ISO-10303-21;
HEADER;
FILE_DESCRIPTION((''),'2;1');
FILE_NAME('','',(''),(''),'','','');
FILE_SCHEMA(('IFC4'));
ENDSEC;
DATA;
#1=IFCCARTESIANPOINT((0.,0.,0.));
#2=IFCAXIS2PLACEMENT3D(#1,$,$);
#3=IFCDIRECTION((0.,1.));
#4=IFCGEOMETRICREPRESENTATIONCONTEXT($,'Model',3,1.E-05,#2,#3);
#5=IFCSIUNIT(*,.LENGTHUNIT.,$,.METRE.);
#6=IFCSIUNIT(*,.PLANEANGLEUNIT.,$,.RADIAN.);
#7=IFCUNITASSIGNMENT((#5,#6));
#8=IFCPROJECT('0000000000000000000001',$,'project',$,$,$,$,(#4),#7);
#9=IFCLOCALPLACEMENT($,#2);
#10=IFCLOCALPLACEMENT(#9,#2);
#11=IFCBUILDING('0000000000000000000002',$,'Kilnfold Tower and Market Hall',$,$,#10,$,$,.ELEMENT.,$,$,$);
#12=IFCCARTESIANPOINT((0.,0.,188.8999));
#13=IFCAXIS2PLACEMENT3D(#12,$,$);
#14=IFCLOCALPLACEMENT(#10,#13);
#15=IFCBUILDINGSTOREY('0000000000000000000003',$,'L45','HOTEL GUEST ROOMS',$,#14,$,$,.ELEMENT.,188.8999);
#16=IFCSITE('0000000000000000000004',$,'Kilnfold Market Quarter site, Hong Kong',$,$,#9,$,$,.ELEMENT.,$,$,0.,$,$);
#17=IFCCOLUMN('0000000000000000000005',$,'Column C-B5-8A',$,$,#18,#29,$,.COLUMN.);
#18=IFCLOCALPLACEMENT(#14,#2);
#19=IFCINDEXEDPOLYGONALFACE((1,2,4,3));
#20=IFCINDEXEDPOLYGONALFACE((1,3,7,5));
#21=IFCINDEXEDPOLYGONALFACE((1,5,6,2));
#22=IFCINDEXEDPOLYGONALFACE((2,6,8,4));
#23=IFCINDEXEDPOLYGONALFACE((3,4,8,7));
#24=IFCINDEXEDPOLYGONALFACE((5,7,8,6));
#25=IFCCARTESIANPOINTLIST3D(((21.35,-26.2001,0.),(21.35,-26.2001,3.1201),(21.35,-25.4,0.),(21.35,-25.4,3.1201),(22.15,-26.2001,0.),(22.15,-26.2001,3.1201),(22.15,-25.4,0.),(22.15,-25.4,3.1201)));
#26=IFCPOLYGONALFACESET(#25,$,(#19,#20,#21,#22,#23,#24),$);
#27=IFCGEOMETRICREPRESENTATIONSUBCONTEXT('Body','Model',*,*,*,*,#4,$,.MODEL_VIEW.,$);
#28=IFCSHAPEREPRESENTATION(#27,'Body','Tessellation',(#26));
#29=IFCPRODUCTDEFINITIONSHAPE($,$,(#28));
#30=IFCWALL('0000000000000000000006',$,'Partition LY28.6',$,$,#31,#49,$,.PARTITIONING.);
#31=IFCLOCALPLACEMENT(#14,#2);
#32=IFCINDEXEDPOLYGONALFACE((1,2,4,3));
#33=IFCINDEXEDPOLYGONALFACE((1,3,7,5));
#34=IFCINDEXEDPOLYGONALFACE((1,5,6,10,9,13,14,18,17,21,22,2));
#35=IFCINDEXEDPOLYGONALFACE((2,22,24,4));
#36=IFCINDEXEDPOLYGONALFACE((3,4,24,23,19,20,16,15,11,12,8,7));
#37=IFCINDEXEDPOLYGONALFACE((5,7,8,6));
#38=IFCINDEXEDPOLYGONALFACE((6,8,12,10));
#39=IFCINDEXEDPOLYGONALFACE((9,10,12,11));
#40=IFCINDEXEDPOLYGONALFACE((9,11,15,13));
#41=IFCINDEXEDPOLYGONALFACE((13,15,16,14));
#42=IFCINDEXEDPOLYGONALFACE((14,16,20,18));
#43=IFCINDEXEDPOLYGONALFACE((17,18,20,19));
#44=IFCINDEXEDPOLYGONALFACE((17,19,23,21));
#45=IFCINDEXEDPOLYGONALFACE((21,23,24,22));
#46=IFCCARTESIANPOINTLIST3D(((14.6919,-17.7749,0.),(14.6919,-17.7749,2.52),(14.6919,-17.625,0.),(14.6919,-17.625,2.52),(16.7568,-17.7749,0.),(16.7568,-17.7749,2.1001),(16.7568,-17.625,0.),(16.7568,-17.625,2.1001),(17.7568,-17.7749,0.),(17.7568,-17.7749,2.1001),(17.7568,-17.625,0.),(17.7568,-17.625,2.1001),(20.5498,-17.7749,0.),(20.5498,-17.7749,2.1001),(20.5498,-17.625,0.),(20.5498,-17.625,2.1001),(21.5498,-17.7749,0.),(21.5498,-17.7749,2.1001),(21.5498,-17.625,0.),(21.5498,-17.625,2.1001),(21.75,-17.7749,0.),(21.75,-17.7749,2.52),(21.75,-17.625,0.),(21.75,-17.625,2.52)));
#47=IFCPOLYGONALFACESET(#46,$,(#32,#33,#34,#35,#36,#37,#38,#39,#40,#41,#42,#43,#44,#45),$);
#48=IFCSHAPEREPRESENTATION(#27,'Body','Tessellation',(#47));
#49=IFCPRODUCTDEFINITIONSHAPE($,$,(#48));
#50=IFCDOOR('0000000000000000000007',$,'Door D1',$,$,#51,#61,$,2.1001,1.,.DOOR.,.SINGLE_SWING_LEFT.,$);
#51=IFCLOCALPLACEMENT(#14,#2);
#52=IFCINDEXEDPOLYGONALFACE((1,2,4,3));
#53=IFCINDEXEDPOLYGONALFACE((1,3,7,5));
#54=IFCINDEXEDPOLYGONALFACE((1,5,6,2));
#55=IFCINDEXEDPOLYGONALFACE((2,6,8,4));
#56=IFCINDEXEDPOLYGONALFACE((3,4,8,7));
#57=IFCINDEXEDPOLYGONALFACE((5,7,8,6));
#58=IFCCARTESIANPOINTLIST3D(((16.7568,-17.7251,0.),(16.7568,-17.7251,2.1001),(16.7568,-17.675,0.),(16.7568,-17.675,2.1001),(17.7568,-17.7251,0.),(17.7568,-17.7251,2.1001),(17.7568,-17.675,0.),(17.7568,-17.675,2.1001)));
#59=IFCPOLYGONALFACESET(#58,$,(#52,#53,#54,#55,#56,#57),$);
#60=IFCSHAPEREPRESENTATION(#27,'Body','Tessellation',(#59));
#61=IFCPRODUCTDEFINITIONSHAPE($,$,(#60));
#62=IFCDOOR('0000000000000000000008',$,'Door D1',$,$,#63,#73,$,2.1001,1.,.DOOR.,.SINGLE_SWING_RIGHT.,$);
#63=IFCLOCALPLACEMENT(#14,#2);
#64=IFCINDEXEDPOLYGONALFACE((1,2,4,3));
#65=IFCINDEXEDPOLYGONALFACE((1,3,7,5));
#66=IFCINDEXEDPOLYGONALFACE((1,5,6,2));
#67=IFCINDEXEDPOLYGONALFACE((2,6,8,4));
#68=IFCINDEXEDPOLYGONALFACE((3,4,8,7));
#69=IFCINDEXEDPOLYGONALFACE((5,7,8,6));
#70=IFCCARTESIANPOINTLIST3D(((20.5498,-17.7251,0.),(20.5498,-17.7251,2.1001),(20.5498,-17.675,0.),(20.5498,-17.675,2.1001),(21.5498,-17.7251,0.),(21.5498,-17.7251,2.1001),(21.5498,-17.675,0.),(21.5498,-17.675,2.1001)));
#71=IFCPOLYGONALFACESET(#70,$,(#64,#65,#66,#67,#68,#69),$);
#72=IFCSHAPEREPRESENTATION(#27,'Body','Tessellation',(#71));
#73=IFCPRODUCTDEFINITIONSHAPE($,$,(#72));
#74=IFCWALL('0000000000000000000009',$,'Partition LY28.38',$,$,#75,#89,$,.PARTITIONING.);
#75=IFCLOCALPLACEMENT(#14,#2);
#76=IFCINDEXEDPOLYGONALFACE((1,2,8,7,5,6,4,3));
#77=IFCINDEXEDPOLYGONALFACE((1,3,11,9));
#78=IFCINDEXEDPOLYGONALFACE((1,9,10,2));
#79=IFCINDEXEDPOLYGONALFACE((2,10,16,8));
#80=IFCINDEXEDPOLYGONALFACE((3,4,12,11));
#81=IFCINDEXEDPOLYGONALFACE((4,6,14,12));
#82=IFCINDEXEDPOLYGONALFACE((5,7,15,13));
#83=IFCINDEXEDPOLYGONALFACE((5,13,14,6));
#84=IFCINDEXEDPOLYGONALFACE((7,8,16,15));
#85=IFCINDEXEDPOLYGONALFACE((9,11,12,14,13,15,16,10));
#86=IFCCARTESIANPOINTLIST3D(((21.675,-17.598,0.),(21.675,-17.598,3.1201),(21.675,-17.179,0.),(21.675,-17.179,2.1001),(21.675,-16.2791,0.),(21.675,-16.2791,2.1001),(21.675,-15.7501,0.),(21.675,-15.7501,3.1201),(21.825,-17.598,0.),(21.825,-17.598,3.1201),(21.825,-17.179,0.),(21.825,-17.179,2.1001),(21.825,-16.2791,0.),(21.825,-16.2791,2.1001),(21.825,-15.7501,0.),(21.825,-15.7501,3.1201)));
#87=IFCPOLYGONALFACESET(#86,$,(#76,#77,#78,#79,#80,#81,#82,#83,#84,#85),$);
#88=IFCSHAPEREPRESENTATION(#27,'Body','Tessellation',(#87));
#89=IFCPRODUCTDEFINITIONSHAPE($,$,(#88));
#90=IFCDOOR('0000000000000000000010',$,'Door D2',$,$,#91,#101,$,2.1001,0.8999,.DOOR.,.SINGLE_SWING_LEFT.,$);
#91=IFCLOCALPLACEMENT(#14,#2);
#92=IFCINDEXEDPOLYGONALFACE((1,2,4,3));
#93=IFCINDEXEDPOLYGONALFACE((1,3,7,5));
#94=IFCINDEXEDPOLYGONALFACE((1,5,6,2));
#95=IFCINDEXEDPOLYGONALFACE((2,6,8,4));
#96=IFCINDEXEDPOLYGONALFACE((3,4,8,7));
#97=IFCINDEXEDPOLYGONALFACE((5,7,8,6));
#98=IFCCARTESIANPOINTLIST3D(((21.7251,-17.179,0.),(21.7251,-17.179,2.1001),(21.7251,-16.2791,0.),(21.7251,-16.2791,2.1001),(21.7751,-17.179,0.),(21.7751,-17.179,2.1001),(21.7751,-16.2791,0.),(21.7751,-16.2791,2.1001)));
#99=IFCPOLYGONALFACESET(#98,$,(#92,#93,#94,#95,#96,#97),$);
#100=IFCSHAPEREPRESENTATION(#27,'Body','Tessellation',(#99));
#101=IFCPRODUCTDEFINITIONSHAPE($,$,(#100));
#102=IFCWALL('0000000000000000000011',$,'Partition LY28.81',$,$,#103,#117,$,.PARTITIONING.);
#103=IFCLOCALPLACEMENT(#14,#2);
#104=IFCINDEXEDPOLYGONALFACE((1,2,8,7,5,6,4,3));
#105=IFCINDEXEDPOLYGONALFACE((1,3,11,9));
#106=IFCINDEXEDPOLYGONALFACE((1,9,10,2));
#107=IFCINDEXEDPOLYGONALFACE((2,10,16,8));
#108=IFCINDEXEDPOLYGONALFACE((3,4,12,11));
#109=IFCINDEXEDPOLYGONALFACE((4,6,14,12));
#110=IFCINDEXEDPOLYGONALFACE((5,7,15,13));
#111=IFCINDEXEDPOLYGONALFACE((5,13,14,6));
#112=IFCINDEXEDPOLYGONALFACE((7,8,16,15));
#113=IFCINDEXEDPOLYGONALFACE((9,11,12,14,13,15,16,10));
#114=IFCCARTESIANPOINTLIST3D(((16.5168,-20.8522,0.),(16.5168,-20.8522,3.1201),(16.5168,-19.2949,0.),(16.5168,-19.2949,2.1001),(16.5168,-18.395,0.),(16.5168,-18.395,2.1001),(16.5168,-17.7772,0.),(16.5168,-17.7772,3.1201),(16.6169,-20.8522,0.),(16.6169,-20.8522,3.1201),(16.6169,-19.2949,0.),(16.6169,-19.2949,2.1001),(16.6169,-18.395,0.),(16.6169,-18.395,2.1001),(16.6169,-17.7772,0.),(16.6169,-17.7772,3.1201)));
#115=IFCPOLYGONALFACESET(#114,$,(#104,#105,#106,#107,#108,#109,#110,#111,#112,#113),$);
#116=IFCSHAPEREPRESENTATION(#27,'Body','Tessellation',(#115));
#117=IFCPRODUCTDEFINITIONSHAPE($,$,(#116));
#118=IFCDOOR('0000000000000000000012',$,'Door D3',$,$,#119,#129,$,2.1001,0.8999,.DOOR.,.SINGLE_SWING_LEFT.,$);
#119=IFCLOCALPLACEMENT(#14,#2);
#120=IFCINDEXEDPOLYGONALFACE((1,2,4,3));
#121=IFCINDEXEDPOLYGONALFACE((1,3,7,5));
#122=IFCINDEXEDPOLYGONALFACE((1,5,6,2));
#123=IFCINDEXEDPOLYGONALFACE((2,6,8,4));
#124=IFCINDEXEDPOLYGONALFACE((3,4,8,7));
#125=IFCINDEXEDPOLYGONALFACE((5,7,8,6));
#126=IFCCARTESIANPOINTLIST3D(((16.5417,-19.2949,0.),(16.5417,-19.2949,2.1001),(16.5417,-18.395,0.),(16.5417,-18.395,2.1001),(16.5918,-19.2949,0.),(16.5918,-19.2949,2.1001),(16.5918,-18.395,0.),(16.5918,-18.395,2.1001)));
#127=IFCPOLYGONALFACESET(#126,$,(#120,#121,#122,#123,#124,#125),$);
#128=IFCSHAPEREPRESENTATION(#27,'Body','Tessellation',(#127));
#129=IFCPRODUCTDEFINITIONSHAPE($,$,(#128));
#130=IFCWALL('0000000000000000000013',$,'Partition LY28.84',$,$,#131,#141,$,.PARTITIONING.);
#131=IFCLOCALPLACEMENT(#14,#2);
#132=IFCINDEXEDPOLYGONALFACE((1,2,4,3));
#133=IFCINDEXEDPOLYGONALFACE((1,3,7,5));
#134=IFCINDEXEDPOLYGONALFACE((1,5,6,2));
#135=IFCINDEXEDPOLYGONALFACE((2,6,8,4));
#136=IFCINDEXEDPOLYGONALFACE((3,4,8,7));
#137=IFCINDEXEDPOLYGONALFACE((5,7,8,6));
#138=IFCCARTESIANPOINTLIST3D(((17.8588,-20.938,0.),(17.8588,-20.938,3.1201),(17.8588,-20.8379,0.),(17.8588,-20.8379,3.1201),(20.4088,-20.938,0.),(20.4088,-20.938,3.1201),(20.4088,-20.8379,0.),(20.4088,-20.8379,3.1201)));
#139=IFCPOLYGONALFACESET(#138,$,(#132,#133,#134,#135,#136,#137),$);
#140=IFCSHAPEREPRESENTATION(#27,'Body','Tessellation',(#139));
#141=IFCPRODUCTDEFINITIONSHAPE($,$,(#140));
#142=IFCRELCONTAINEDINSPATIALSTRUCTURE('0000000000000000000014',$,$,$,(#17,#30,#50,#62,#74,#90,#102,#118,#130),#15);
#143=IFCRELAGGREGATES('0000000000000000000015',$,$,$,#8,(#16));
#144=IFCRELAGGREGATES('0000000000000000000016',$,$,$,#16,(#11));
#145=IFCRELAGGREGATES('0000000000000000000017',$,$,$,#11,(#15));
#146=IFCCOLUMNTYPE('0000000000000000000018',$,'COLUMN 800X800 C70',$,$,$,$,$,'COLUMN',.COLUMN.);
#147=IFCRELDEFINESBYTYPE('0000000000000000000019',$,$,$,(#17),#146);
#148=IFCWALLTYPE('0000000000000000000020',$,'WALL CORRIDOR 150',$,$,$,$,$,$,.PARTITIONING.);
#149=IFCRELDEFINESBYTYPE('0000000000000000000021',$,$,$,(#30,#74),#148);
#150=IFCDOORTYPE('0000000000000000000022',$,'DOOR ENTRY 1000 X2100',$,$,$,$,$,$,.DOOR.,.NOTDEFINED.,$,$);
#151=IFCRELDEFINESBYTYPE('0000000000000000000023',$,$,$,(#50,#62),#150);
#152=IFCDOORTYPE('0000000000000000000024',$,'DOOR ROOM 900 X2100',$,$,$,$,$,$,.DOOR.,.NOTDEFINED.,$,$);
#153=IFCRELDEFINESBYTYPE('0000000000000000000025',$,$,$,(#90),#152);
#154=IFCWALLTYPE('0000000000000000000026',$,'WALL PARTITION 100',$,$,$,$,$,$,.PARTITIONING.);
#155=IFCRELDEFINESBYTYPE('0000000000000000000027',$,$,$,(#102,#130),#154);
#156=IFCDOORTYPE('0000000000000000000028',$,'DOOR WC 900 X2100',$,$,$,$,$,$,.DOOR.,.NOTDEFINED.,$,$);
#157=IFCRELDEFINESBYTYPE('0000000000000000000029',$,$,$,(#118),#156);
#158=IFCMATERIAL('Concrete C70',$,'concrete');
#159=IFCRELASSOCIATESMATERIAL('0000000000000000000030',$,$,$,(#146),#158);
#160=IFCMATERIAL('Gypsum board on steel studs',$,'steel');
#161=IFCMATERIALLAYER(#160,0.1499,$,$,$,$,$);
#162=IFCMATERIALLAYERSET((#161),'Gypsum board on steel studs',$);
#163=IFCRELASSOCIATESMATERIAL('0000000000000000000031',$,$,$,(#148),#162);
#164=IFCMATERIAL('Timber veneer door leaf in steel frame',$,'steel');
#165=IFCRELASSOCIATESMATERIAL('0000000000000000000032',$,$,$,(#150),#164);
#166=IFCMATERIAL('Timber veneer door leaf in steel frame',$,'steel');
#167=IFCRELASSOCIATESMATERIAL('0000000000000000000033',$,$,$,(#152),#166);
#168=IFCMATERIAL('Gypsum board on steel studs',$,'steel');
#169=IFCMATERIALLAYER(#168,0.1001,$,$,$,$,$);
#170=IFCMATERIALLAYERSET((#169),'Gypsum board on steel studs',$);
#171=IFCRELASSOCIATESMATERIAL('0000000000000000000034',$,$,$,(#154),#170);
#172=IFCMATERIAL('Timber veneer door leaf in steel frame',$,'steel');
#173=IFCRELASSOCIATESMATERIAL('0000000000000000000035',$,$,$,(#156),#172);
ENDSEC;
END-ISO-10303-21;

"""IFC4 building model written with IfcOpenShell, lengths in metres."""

from ifc_helpers import new_model, si_unit, direction, frame, frame_2d, origin, origin_2d, place, context, subcontext, project, spatial, rectangle, extrude, source, transform, mapped, material, layer, layer_set, material_profile, profile_set, type_object, element, fill, save


model = new_model("IFC4")

# Units and contexts
model_context = context("Model", 3, precision=1e-05, world=origin(), true_north=direction((0.0, 1.0)))
body_context = subcontext(model_context, "Body", "Model", "MODEL_VIEW")
ifc_project = project(units=[si_unit("LENGTHUNIT", "METRE"), si_unit("PLANEANGLEUNIT", "RADIAN")], contexts=[model_context])

# Site, building, storey
site_placement = place(None, origin())
site = spatial("IfcSite", under=ifc_project, at=site_placement, Name="Kilnfold Market Quarter site, Hong Kong", CompositionType="ELEMENT", RefElevation=0.0)
building_placement = place(site_placement, origin())
building = spatial("IfcBuilding", under=site, at=building_placement, Name="Kilnfold Tower and Market Hall", CompositionType="ELEMENT")
storey_placement = place(building_placement, frame((0.0, 0.0, 188.8999)))
storey = spatial("IfcBuildingStorey", under=building, at=storey_placement, Name="L45", Description="HOTEL GUEST ROOMS", CompositionType="ELEMENT", Elevation=188.8999)

# Column
ifc_material_1 = material(Name="Concrete C70", Category="concrete")
ifc_material_profile_1 = material_profile(ifc_material_1, rectangle(XDim=0.8, YDim=0.8, at=origin_2d()), Name="RC 800x800")
ifc_profile_set_1 = profile_set([ifc_material_profile_1], Name="Concrete C70")
column_type = type_object("IfcColumnType", Name="COLUMN 800X800 C70", ElementType="COLUMN", PredefinedType="COLUMN", material=ifc_profile_set_1)
shared_shape_1 = source(origin(), body_context, "Body", "SweptSolid", [
    extrude(rectangle(XDim=0.8, YDim=0.8, at=origin_2d()), origin(), (0.0, 0.0, 1.0), 3.1201),
])
column_placement = place(storey_placement, frame((21.75, -25.8, 0.0), z_axis=(0.0, 0.0, 1.0), x_axis=(1.0, 0.0, 0.0)))
element("IfcColumn", 1, at=column_placement, inside=storey, type_object=column_type, Name="Column C-B5-8A", PredefinedType="COLUMN", context=body_context, shape_type="MappedRepresentation", body=[
    mapped(shared_shape_1, transform((0.0, 0.0, 0.0))),
])

# Wall, openings, doors
ifc_material_2 = material(Name="Gypsum board on steel studs", Category="steel")
ifc_layer_1 = layer(ifc_material_2, 0.1499)
ifc_layer_set_1 = layer_set([ifc_layer_1], Name="Gypsum board on steel studs")
wall_type_1 = type_object("IfcWallType", Name="WALL CORRIDOR 150", PredefinedType="PARTITIONING", material=ifc_layer_set_1)
wall_1_placement = place(storey_placement, frame((14.6919, -17.7, 0.0), z_axis=(0.0, 0.0, 1.0), x_axis=(1.0, 0.0, 0.0)))
wall_1 = element("IfcWall", 2, at=wall_1_placement, inside=storey, type_object=wall_type_1, Name="Partition LY28.6", PredefinedType="PARTITIONING", context=body_context, shape_type="SweptSolid", body=[
    extrude(rectangle(XDim=7.0581, YDim=0.1499, at=frame_2d((3.5291, 0.0))), origin(), (0.0, 0.0, 1.0), 2.52),
])
opening_1_placement = place(wall_1_placement, frame((2.0649, 0.0, 0.0)))
opening_1 = element("IfcOpeningElement", 3, at=opening_1_placement, cuts=wall_1, PredefinedType="OPENING", context=body_context, shape_type="SweptSolid", body=[
    extrude(rectangle(XDim=1.0, YDim=2.1001, at=frame_2d((0.5, 1.05))), frame((0.0, 0.085, 0.0), z_axis=(0.0, -1.0, 0.0), x_axis=(1.0, 0.0, 0.0)), (0.0, 0.0, 1.0), 0.1699),
])
opening_2_placement = place(wall_1_placement, frame((5.8579, 0.0, 0.0)))
opening_2 = element("IfcOpeningElement", 4, at=opening_2_placement, cuts=wall_1, PredefinedType="OPENING", context=body_context, shape_type="SweptSolid", body=[
    extrude(rectangle(XDim=1.0, YDim=2.1001, at=frame_2d((0.5, 1.05))), frame((0.0, 0.085, 0.0), z_axis=(0.0, -1.0, 0.0), x_axis=(1.0, 0.0, 0.0)), (0.0, 0.0, 1.0), 0.1699),
])
ifc_material_3 = material(Name="Timber veneer door leaf in steel frame", Category="steel")
door_type_1 = type_object("IfcDoorType", Name="DOOR ENTRY 1000 X2100", OperationType="NOTDEFINED", PredefinedType="DOOR", material=ifc_material_3)
door_1_placement = place(opening_1_placement, origin())
door_1 = element("IfcDoor", 5, at=door_1_placement, inside=storey, type_object=door_type_1, Name="Door D1", OperationType="SINGLE_SWING_LEFT", OverallHeight=2.1001, OverallWidth=1.0, PredefinedType="DOOR", context=body_context, shape_type="SweptSolid", body=[
    extrude(rectangle(XDim=1.0, YDim=2.1001, at=frame_2d((0.5, 1.05))), frame((0.0, 0.0249, 0.0), z_axis=(0.0, -1.0, 0.0), x_axis=(1.0, 0.0, 0.0)), (0.0, 0.0, 1.0), 0.05),
])
fill(opening_1, door_1)
door_2_placement = place(opening_2_placement, origin())
door_2 = element("IfcDoor", 6, at=door_2_placement, inside=storey, type_object=door_type_1, Name="Door D1", OperationType="SINGLE_SWING_RIGHT", OverallHeight=2.1001, OverallWidth=1.0, PredefinedType="DOOR", context=body_context, shape_type="SweptSolid", body=[
    extrude(rectangle(XDim=1.0, YDim=2.1001, at=frame_2d((0.5, 1.05))), frame((0.0, 0.0249, 0.0), z_axis=(0.0, -1.0, 0.0), x_axis=(1.0, 0.0, 0.0)), (0.0, 0.0, 1.0), 0.05),
])
fill(opening_2, door_2)

# Walls, openings, doors
wall_2_placement = place(storey_placement, frame((21.75, -17.5979, 0.0), z_axis=(0.0, 0.0, 1.0), x_axis=(0.0, 1.0, 0.0)))
wall_2 = element("IfcWall", 7, at=wall_2_placement, inside=storey, type_object=wall_type_1, Name="Partition LY28.38", PredefinedType="PARTITIONING", context=body_context, shape_type="SweptSolid", body=[
    extrude(rectangle(XDim=1.8479, YDim=0.1499, at=frame_2d((0.9238, 0.0))), origin(), (0.0, 0.0, 1.0), 3.1201),
])
opening_3_placement = place(wall_2_placement, frame((0.4189, 0.0, 0.0)))
opening_3 = element("IfcOpeningElement", 8, at=opening_3_placement, cuts=wall_2, PredefinedType="OPENING", context=body_context, shape_type="SweptSolid", body=[
    extrude(rectangle(XDim=0.8999, YDim=2.1001, at=frame_2d((0.45, 1.05))), frame((0.0, 0.085, 0.0), z_axis=(0.0, -1.0, 0.0), x_axis=(1.0, 0.0, 0.0)), (0.0, 0.0, 1.0), 0.1699),
])
ifc_material_4 = material(Name="Timber veneer door leaf in steel frame", Category="steel")
door_type_2 = type_object("IfcDoorType", Name="DOOR ROOM 900 X2100", OperationType="NOTDEFINED", PredefinedType="DOOR", material=ifc_material_4)
door_3_placement = place(opening_3_placement, origin())
door_3 = element("IfcDoor", 9, at=door_3_placement, inside=storey, type_object=door_type_2, Name="Door D2", OperationType="SINGLE_SWING_LEFT", OverallHeight=2.1001, OverallWidth=0.8999, PredefinedType="DOOR", context=body_context, shape_type="SweptSolid", body=[
    extrude(rectangle(XDim=0.8999, YDim=2.1001, at=frame_2d((0.45, 1.05))), frame((0.0, 0.0249, 0.0), z_axis=(0.0, -1.0, 0.0), x_axis=(1.0, 0.0, 0.0)), (0.0, 0.0, 1.0), 0.05),
])
fill(opening_3, door_3)
ifc_material_5 = material(Name="Gypsum board on steel studs", Category="steel")
ifc_layer_2 = layer(ifc_material_5, 0.1001)
ifc_layer_set_2 = layer_set([ifc_layer_2], Name="Gypsum board on steel studs")
wall_type_2 = type_object("IfcWallType", Name="WALL PARTITION 100", PredefinedType="PARTITIONING", material=ifc_layer_set_2)
wall_3_placement = place(storey_placement, frame((16.5669, -17.7771, 0.0), z_axis=(0.0, 0.0, 1.0), x_axis=(0.0, -1.0, 0.0)))
wall_3 = element("IfcWall", 10, at=wall_3_placement, inside=storey, type_object=wall_type_2, Name="Partition LY28.81", PredefinedType="PARTITIONING", context=body_context, shape_type="SweptSolid", body=[
    extrude(rectangle(XDim=3.075, YDim=0.1001, at=frame_2d((1.5376, 0.0))), origin(), (0.0, 0.0, 1.0), 3.1201),
])
opening_4_placement = place(wall_3_placement, frame((0.6179, 0.0, 0.0)))
opening_4 = element("IfcOpeningElement", 11, at=opening_4_placement, cuts=wall_3, PredefinedType="OPENING", context=body_context, shape_type="SweptSolid", body=[
    extrude(rectangle(XDim=0.8999, YDim=2.1001, at=frame_2d((0.45, 1.05))), frame((0.0, 0.0601, 0.0), z_axis=(0.0, -1.0, 0.0), x_axis=(1.0, 0.0, 0.0)), (0.0, 0.0, 1.0), 0.1201),
])
ifc_material_6 = material(Name="Timber veneer door leaf in steel frame", Category="steel")
door_type_3 = type_object("IfcDoorType", Name="DOOR WC 900 X2100", OperationType="NOTDEFINED", PredefinedType="DOOR", material=ifc_material_6)
door_4_placement = place(opening_4_placement, origin())
door_4 = element("IfcDoor", 12, at=door_4_placement, inside=storey, type_object=door_type_3, Name="Door D3", OperationType="SINGLE_SWING_LEFT", OverallHeight=2.1001, OverallWidth=0.8999, PredefinedType="DOOR", context=body_context, shape_type="SweptSolid", body=[
    extrude(rectangle(XDim=0.8999, YDim=2.1001, at=frame_2d((0.45, 1.05))), frame((0.0, 0.0249, 0.0), z_axis=(0.0, -1.0, 0.0), x_axis=(1.0, 0.0, 0.0)), (0.0, 0.0, 1.0), 0.05),
])
fill(opening_4, door_4)

# Wall
wall_4_placement = place(storey_placement, frame((17.8589, -20.8879, 0.0), z_axis=(0.0, 0.0, 1.0), x_axis=(1.0, 0.0, 0.0)))
element("IfcWall", 13, at=wall_4_placement, inside=storey, type_object=wall_type_2, Name="Partition LY28.84", PredefinedType="PARTITIONING", context=body_context, shape_type="SweptSolid", body=[
    extrude(rectangle(XDim=2.55, YDim=0.1001, at=frame_2d((1.2749, 0.0))), origin(), (0.0, 0.0, 1.0), 3.1201),
])

save(model, "model.ifc")
